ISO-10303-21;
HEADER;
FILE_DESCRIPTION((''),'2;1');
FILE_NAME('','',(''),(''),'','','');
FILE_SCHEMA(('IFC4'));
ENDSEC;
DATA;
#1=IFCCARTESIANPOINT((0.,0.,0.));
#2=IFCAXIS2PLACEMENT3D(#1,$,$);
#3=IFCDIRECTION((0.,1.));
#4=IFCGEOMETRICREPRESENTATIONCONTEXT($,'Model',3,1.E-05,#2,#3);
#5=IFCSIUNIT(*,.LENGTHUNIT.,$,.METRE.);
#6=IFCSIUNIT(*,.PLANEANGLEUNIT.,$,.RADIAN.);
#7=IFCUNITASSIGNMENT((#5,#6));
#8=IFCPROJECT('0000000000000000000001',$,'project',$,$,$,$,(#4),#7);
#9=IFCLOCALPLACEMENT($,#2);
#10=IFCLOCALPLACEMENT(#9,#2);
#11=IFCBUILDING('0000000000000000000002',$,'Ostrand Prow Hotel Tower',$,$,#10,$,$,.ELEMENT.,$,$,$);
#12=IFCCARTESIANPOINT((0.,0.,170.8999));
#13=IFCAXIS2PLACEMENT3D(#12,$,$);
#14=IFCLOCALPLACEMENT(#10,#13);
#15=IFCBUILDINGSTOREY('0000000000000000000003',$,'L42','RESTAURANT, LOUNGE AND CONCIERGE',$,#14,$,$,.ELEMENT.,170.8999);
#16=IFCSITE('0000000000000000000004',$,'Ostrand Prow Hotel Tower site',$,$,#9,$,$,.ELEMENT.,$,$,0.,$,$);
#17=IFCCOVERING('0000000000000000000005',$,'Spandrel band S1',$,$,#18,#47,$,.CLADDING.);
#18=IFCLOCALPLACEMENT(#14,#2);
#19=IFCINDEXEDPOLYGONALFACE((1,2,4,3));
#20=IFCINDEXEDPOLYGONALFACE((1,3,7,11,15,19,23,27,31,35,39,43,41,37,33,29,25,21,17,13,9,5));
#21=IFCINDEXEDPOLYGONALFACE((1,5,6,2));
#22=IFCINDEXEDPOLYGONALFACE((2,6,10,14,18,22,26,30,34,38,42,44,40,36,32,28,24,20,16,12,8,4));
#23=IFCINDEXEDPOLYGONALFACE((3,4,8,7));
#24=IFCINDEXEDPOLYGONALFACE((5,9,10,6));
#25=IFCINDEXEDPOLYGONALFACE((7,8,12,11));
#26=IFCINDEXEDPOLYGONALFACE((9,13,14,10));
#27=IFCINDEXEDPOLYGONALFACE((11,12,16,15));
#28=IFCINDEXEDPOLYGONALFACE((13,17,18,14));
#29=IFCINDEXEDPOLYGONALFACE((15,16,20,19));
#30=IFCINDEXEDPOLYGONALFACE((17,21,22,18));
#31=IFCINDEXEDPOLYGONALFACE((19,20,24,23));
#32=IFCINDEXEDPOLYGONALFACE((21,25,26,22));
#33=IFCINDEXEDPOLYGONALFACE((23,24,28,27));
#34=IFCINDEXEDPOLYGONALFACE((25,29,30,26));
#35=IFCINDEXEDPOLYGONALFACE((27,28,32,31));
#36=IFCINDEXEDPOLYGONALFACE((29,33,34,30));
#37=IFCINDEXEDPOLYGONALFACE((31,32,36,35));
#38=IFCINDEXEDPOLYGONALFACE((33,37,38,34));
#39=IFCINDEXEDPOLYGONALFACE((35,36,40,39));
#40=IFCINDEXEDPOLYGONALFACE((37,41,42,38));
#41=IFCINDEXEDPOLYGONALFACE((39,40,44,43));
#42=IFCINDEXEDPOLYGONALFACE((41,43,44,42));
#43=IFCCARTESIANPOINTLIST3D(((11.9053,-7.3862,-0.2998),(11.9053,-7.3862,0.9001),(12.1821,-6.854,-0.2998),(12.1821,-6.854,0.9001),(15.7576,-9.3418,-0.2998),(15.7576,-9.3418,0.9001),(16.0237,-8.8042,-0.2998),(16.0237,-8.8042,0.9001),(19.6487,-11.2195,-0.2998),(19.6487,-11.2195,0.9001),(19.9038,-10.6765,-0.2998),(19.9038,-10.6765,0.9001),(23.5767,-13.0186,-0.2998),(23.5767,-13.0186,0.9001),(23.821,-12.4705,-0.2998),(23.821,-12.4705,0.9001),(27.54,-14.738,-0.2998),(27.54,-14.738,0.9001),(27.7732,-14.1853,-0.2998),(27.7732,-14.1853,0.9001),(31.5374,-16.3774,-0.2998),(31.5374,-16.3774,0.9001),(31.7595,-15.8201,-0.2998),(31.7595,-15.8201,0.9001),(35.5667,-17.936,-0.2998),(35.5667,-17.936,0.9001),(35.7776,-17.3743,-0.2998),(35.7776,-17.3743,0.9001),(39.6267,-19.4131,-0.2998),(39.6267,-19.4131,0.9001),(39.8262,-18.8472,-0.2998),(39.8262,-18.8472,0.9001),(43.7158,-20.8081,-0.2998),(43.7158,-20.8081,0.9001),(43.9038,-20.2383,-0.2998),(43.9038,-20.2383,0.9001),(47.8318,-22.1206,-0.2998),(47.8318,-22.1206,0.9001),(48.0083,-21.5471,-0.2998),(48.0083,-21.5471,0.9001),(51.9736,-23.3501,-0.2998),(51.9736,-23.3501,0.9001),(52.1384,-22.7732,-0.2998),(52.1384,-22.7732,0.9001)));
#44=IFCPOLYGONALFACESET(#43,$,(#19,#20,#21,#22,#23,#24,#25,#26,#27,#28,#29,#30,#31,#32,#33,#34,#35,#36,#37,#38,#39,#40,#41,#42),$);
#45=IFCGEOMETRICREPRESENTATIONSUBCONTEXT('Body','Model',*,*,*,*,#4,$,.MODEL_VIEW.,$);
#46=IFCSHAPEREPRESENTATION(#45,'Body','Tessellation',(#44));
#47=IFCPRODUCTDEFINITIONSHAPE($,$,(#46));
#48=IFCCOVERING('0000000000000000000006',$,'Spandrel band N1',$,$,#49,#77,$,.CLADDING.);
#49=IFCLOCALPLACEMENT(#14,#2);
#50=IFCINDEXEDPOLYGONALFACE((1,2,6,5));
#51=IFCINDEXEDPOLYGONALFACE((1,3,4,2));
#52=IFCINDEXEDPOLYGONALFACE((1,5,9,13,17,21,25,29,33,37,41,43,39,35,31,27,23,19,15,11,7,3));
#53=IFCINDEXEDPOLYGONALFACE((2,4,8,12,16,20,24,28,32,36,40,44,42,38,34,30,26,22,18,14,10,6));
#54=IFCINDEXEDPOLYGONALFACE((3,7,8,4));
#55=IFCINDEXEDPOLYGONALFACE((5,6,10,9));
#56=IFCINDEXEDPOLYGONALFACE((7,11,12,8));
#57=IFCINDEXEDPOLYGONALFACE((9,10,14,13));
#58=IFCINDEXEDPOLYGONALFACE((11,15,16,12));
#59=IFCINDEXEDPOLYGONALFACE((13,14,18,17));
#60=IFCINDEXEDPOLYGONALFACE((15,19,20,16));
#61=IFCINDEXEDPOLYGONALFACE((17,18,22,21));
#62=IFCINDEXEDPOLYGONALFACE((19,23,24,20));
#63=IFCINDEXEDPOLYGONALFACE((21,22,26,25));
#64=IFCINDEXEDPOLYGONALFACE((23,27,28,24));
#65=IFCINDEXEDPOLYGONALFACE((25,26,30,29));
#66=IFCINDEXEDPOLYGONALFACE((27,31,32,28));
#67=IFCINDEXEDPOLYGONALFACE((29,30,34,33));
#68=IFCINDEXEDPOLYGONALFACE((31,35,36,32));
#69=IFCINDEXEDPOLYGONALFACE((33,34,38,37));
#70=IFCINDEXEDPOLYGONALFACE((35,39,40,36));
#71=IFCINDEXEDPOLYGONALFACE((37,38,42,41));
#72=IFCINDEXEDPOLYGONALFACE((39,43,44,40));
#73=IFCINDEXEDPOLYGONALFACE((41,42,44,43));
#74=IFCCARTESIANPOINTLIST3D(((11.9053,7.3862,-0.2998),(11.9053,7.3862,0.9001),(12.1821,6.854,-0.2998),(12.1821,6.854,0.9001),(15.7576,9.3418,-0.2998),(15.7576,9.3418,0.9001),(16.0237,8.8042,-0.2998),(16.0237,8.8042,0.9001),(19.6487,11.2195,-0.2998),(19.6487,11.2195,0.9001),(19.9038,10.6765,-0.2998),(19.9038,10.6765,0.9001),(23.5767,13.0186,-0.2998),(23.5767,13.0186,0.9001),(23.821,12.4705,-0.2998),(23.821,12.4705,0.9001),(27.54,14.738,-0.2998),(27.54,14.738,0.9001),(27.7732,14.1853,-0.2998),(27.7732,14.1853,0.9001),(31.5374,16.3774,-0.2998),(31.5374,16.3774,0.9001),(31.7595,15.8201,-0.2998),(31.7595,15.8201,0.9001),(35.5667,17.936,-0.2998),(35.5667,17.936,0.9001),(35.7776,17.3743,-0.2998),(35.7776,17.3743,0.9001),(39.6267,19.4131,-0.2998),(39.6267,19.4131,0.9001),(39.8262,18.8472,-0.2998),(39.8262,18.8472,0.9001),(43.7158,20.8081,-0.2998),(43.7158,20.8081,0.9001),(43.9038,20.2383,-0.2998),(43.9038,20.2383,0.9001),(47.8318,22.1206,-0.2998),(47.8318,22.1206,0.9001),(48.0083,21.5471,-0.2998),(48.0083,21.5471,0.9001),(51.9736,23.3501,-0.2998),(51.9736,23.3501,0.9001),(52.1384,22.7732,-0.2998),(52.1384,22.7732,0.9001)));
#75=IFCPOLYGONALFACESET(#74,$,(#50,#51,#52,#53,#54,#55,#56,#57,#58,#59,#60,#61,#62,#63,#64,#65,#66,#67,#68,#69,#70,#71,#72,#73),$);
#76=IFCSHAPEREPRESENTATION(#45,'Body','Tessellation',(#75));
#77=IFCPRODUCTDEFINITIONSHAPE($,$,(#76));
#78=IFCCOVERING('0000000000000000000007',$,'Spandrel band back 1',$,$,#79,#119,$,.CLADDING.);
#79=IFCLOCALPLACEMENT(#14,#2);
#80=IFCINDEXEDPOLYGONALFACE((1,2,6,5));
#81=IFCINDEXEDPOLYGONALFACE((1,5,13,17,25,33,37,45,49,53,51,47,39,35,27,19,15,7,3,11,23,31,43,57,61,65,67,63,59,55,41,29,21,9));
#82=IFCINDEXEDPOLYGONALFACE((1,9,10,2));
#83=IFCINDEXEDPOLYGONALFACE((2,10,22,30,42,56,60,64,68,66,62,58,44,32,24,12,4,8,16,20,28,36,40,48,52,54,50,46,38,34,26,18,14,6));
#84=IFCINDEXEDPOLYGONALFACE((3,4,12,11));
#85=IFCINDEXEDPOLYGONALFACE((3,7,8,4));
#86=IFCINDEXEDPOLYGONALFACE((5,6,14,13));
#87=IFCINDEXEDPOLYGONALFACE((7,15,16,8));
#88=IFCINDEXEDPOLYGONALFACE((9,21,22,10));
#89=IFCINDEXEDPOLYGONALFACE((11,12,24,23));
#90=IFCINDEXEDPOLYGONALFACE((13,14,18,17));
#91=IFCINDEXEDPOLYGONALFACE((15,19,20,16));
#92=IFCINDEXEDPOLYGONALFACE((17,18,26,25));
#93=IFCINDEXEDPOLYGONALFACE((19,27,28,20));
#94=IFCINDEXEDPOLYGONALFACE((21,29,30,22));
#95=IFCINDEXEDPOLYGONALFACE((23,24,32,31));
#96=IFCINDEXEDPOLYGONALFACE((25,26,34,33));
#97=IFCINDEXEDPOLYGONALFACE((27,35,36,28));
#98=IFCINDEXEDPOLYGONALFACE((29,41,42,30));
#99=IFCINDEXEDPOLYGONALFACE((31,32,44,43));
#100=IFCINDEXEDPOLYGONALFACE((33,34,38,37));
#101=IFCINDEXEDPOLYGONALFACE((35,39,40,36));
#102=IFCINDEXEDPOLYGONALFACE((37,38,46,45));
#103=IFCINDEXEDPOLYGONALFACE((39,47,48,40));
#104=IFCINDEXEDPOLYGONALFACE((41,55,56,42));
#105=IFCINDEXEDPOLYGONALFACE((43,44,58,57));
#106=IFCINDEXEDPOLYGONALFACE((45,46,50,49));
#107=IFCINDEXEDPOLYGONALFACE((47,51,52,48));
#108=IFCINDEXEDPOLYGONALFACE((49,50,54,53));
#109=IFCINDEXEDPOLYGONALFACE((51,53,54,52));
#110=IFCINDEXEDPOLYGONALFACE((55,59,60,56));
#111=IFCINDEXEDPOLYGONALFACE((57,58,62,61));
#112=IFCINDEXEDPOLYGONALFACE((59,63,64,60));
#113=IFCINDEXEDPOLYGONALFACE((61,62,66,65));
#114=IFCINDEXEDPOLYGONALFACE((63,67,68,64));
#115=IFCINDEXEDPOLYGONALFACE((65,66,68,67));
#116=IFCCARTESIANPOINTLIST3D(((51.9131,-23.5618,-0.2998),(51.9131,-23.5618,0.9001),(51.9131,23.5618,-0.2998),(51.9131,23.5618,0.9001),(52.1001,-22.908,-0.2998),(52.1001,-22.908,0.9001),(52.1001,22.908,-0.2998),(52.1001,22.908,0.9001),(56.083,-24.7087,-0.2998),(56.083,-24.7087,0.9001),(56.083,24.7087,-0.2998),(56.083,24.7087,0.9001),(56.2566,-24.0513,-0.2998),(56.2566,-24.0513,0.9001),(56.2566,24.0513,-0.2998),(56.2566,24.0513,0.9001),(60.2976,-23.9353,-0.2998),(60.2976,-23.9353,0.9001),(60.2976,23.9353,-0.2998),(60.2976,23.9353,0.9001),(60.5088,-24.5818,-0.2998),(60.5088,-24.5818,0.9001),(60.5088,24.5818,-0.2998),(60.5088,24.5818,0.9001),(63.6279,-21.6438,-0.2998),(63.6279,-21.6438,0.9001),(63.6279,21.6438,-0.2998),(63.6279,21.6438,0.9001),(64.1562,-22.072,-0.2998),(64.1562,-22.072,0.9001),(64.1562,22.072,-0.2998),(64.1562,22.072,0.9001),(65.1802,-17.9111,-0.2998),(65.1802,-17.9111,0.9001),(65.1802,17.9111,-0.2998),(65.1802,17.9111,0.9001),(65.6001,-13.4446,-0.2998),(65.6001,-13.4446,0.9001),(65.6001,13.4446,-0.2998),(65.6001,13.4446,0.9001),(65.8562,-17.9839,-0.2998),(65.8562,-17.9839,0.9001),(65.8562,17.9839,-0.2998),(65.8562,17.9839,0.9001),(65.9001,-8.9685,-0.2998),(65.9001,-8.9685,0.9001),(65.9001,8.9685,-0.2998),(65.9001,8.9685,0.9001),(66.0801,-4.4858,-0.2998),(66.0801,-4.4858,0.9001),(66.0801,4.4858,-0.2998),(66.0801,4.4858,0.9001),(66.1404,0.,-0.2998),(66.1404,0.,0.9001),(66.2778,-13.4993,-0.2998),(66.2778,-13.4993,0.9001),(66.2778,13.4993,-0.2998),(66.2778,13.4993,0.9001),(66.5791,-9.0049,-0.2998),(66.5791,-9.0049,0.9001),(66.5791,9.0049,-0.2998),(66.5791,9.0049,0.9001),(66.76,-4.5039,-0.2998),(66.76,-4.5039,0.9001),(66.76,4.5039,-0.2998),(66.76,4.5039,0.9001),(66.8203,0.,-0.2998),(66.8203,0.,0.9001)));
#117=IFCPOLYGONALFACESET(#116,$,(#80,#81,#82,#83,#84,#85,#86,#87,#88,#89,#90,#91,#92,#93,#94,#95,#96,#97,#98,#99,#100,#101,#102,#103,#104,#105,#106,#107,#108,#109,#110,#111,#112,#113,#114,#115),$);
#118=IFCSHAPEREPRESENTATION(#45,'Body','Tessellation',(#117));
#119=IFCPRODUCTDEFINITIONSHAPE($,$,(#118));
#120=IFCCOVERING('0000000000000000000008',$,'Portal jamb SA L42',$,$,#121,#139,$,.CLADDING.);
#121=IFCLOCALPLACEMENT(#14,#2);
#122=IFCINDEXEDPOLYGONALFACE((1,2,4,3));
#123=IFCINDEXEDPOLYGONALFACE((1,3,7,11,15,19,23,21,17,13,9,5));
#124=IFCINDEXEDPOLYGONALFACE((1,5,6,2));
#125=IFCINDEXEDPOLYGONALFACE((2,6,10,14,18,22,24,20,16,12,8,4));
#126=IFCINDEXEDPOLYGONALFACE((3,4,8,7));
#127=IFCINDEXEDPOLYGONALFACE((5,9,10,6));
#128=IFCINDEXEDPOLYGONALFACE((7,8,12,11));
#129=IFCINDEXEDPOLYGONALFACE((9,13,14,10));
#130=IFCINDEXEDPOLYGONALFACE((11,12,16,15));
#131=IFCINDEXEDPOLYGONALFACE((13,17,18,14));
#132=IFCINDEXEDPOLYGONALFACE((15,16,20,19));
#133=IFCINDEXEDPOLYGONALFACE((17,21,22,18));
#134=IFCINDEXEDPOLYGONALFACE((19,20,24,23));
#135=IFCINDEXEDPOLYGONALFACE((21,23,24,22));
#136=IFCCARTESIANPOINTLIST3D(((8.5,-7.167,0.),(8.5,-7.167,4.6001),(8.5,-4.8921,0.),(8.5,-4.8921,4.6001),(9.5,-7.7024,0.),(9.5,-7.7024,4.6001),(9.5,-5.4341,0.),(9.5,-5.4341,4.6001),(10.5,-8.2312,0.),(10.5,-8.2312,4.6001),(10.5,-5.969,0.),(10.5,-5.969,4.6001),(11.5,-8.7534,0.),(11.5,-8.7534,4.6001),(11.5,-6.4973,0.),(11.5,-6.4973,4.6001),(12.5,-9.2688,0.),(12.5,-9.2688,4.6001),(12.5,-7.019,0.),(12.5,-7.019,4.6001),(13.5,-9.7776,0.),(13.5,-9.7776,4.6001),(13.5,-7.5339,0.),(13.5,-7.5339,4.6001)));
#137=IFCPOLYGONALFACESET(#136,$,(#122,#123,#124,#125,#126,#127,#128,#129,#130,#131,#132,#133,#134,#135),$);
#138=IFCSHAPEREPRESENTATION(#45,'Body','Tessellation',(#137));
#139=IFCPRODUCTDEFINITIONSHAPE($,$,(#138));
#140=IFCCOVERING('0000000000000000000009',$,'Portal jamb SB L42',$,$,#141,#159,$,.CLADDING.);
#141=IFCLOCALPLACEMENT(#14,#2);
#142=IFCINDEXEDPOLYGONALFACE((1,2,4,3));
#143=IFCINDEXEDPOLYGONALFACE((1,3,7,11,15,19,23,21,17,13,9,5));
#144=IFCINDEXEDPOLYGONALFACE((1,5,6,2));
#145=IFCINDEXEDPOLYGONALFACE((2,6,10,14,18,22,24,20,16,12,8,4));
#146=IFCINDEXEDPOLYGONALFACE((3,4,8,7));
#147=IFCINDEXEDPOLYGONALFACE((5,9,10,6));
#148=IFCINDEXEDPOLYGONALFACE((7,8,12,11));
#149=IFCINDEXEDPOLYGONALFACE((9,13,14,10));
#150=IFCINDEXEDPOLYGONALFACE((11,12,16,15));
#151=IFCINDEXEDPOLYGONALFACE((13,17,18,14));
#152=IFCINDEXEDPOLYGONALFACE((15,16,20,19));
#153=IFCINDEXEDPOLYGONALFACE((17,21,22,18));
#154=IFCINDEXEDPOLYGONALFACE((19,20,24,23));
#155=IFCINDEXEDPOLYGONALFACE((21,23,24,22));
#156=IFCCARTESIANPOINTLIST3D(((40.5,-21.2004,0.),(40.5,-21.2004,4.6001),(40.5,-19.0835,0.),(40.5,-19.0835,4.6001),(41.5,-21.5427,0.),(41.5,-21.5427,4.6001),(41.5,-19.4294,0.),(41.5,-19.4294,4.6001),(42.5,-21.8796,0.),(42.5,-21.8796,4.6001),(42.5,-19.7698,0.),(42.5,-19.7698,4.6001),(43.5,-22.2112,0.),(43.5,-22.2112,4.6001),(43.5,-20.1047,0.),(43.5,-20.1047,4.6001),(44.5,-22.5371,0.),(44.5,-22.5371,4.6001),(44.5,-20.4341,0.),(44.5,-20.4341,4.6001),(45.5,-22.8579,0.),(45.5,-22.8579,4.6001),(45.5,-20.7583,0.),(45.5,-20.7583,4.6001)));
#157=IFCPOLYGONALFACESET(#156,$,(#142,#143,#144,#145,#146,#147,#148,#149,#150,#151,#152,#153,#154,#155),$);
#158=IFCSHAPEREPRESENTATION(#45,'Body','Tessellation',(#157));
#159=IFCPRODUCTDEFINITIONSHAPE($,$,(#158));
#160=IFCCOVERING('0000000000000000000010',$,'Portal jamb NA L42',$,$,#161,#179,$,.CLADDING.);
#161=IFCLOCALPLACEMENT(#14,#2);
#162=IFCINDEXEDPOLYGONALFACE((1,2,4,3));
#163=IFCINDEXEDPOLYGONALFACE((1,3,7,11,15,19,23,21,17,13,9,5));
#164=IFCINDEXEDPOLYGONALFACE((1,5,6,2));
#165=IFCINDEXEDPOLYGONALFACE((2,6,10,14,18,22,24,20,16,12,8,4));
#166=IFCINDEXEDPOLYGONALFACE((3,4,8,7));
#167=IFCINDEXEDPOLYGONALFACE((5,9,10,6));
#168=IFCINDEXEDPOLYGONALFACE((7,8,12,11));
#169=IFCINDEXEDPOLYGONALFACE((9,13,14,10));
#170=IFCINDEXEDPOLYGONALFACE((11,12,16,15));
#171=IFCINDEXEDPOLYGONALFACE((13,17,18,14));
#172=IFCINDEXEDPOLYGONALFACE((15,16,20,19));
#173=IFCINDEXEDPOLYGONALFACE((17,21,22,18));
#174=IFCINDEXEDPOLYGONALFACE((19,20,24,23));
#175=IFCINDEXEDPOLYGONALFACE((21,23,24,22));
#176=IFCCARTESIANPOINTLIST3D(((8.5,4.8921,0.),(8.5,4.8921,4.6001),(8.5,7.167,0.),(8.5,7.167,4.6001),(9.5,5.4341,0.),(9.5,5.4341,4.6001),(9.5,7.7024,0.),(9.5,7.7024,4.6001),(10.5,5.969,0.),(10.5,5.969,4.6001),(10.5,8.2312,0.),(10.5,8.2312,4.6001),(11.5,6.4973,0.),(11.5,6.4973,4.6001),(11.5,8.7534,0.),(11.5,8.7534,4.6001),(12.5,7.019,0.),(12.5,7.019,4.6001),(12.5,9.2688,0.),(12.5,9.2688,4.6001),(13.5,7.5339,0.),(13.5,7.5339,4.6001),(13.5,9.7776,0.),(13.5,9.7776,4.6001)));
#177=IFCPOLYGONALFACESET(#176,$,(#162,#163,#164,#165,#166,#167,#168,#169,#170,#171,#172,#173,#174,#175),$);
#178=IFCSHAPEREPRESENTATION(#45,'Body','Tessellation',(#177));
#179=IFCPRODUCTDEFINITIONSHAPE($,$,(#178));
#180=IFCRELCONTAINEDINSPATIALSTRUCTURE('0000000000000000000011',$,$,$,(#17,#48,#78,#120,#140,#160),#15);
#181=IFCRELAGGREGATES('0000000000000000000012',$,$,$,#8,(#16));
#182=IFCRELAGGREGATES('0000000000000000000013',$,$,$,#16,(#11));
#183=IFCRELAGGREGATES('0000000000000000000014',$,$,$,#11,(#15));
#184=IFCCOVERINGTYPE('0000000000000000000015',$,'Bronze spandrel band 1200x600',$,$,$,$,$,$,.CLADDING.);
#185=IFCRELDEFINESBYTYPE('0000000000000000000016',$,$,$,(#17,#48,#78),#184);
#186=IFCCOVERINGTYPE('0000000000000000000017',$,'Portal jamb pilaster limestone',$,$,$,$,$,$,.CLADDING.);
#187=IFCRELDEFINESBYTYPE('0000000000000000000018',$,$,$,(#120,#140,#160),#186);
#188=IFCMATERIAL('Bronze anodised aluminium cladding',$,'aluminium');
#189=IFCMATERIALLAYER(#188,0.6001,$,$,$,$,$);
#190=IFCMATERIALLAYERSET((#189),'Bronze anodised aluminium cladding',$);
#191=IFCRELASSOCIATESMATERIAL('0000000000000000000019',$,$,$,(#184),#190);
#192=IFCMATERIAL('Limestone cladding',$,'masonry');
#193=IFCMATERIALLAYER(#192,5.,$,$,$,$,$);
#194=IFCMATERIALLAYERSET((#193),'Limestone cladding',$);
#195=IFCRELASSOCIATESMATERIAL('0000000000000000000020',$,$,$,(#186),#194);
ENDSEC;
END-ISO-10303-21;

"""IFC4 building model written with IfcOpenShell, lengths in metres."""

from ifc_helpers import new_model, si_unit, direction, frame, origin, place, context, subcontext, project, spatial, polyline, outline, extrude, material, layer, layer_set, type_object, element, save


model = new_model("IFC4")

# Units and contexts
model_context = context("Model", 3, precision=1e-05, world=origin(), true_north=direction((0.0, 1.0)))
body_context = subcontext(model_context, "Body", "Model", "MODEL_VIEW")
ifc_project = project(units=[si_unit("LENGTHUNIT", "METRE"), si_unit("PLANEANGLEUNIT", "RADIAN")], contexts=[model_context])

# Site, building, storey
site_placement = place(None, origin())
site = spatial("IfcSite", under=ifc_project, at=site_placement, Name="Ostrand Prow Hotel Tower site", CompositionType="ELEMENT", RefElevation=0.0)
building_placement = place(site_placement, origin())
building = spatial("IfcBuilding", under=site, at=building_placement, Name="Ostrand Prow Hotel Tower", CompositionType="ELEMENT")
storey_placement = place(building_placement, frame((0.0, 0.0, 170.8999)))
storey = spatial("IfcBuildingStorey", under=building, at=storey_placement, Name="L42", Description="RESTAURANT, LOUNGE AND CONCIERGE", CompositionType="ELEMENT", Elevation=170.8999)

# Coverings
ifc_material_1 = material(Name="Bronze anodised aluminium cladding", Category="aluminium")
ifc_layer_1 = layer(ifc_material_1, 0.6001)
ifc_layer_set_1 = layer_set([ifc_layer_1], Name="Bronze anodised aluminium cladding")
covering_type_1 = type_object("IfcCoveringType", Name="Bronze spandrel band 1200x600", PredefinedType="CLADDING", material=ifc_layer_set_1)
covering_1_placement = place(storey_placement, frame((0.0, 0.0, -0.2998)))
element("IfcCovering", 1, at=covering_1_placement, inside=storey, type_object=covering_type_1, Name="Spandrel band S1", PredefinedType="CLADDING", context=body_context, shape_type="SweptSolid", body=[
    extrude(outline(polyline([(11.9053, -7.3862), (15.7576, -9.3418), (19.6487, -11.2195), (23.5767, -13.0186), (27.54, -14.738), (31.5374, -16.3774), (35.5667, -17.936), (39.6267, -19.4131), (43.7158, -20.8081), (47.8318, -22.1206), (51.9736, -23.3501), (52.1384, -22.7732), (48.0083, -21.5471), (43.9038, -20.2383), (39.8262, -18.8472), (35.7776, -17.3743), (31.7595, -15.8201), (27.7732, -14.1853), (23.821, -12.4705), (19.9038, -10.6765), (16.0237, -8.8042), (12.1821, -6.854), (11.9053, -7.3862)])), origin(), (0.0, 0.0, 1.0), 1.2),
])
covering_2_placement = place(storey_placement, frame((0.0, 0.0, -0.2998)))
element("IfcCovering", 2, at=covering_2_placement, inside=storey, type_object=covering_type_1, Name="Spandrel band N1", PredefinedType="CLADDING", context=body_context, shape_type="SweptSolid", body=[
    extrude(outline(polyline([(51.9736, 23.3501), (47.8318, 22.1206), (43.7158, 20.8081), (39.6267, 19.4131), (35.5667, 17.936), (31.5374, 16.3774), (27.54, 14.738), (23.5767, 13.0186), (19.6487, 11.2195), (15.7576, 9.3418), (11.9053, 7.3862), (12.1821, 6.854), (16.0237, 8.8042), (19.9038, 10.6765), (23.821, 12.4705), (27.7732, 14.1853), (31.7595, 15.8201), (35.7776, 17.3743), (39.8262, 18.8472), (43.9038, 20.2383), (48.0083, 21.5471), (52.1384, 22.7732), (51.9736, 23.3501)])), origin(), (0.0, 0.0, 1.0), 1.2),
])
covering_3_placement = place(storey_placement, frame((0.0, 0.0, -0.2998)))
element("IfcCovering", 3, at=covering_3_placement, inside=storey, type_object=covering_type_1, Name="Spandrel band back 1", PredefinedType="CLADDING", context=body_context, shape_type="SweptSolid", body=[
    extrude(outline(polyline([(51.9131, -23.5618), (56.083, -24.7087), (60.5088, -24.5818), (64.1562, -22.072), (65.8562, -17.9839), (66.2778, -13.4993), (66.5791, -9.0049), (66.76, -4.5039), (66.8203, 0.0), (66.76, 4.5039), (66.5791, 9.0049), (66.2778, 13.4993), (65.8562, 17.9839), (64.1562, 22.072), (60.5088, 24.5818), (56.083, 24.7087), (51.9131, 23.5618), (52.1001, 22.908), (56.2566, 24.0513), (60.2976, 23.9353), (63.6279, 21.6438), (65.1802, 17.9111), (65.6001, 13.4446), (65.9001, 8.9685), (66.0801, 4.4858), (66.1404, 0.0), (66.0801, -4.4858), (65.9001, -8.9685), (65.6001, -13.4446), (65.1802, -17.9111), (63.6279, -21.6438), (60.2976, -23.9353), (56.2566, -24.0513), (52.1001, -22.908), (51.9131, -23.5618)])), origin(), (0.0, 0.0, 1.0), 1.2),
])
ifc_material_2 = material(Name="Limestone cladding", Category="masonry")
ifc_layer_2 = layer(ifc_material_2, 5.0)
ifc_layer_set_2 = layer_set([ifc_layer_2], Name="Limestone cladding")
covering_type_2 = type_object("IfcCoveringType", Name="Portal jamb pilaster limestone", PredefinedType="CLADDING", material=ifc_layer_set_2)
covering_4_placement = place(storey_placement, origin())
element("IfcCovering", 4, at=covering_4_placement, inside=storey, type_object=covering_type_2, Name="Portal jamb SA L42", PredefinedType="CLADDING", context=body_context, shape_type="SweptSolid", body=[
    extrude(outline(polyline([(8.5, -4.8921), (8.5, -7.167), (9.5, -7.7024), (10.5, -8.2312), (11.5, -8.7534), (12.5, -9.2688), (13.5, -9.7776), (13.5, -7.5339), (12.5, -7.019), (11.5, -6.4973), (10.5, -5.969), (9.5, -5.4341), (8.5, -4.8921)])), origin(), (0.0, 0.0, 1.0), 4.6001),
])
covering_5_placement = place(storey_placement, origin())
element("IfcCovering", 5, at=covering_5_placement, inside=storey, type_object=covering_type_2, Name="Portal jamb SB L42", PredefinedType="CLADDING", context=body_context, shape_type="SweptSolid", body=[
    extrude(outline(polyline([(40.5, -19.0835), (40.5, -21.2004), (41.5, -21.5427), (42.5, -21.8796), (43.5, -22.2112), (44.5, -22.5371), (45.5, -22.8579), (45.5, -20.7583), (44.5, -20.4341), (43.5, -20.1047), (42.5, -19.7698), (41.5, -19.4294), (40.5, -19.0835)])), origin(), (0.0, 0.0, 1.0), 4.6001),
])
covering_6_placement = place(storey_placement, origin())
element("IfcCovering", 6, at=covering_6_placement, inside=storey, type_object=covering_type_2, Name="Portal jamb NA L42", PredefinedType="CLADDING", context=body_context, shape_type="SweptSolid", body=[
    extrude(outline(polyline([(8.5, 4.8921), (9.5, 5.4341), (10.5, 5.969), (11.5, 6.4973), (12.5, 7.019), (13.5, 7.5339), (13.5, 9.7776), (12.5, 9.2688), (11.5, 8.7534), (10.5, 8.2312), (9.5, 7.7024), (8.5, 7.167), (8.5, 4.8921)])), origin(), (0.0, 0.0, 1.0), 4.6001),
])

save(model, "model.ifc")
